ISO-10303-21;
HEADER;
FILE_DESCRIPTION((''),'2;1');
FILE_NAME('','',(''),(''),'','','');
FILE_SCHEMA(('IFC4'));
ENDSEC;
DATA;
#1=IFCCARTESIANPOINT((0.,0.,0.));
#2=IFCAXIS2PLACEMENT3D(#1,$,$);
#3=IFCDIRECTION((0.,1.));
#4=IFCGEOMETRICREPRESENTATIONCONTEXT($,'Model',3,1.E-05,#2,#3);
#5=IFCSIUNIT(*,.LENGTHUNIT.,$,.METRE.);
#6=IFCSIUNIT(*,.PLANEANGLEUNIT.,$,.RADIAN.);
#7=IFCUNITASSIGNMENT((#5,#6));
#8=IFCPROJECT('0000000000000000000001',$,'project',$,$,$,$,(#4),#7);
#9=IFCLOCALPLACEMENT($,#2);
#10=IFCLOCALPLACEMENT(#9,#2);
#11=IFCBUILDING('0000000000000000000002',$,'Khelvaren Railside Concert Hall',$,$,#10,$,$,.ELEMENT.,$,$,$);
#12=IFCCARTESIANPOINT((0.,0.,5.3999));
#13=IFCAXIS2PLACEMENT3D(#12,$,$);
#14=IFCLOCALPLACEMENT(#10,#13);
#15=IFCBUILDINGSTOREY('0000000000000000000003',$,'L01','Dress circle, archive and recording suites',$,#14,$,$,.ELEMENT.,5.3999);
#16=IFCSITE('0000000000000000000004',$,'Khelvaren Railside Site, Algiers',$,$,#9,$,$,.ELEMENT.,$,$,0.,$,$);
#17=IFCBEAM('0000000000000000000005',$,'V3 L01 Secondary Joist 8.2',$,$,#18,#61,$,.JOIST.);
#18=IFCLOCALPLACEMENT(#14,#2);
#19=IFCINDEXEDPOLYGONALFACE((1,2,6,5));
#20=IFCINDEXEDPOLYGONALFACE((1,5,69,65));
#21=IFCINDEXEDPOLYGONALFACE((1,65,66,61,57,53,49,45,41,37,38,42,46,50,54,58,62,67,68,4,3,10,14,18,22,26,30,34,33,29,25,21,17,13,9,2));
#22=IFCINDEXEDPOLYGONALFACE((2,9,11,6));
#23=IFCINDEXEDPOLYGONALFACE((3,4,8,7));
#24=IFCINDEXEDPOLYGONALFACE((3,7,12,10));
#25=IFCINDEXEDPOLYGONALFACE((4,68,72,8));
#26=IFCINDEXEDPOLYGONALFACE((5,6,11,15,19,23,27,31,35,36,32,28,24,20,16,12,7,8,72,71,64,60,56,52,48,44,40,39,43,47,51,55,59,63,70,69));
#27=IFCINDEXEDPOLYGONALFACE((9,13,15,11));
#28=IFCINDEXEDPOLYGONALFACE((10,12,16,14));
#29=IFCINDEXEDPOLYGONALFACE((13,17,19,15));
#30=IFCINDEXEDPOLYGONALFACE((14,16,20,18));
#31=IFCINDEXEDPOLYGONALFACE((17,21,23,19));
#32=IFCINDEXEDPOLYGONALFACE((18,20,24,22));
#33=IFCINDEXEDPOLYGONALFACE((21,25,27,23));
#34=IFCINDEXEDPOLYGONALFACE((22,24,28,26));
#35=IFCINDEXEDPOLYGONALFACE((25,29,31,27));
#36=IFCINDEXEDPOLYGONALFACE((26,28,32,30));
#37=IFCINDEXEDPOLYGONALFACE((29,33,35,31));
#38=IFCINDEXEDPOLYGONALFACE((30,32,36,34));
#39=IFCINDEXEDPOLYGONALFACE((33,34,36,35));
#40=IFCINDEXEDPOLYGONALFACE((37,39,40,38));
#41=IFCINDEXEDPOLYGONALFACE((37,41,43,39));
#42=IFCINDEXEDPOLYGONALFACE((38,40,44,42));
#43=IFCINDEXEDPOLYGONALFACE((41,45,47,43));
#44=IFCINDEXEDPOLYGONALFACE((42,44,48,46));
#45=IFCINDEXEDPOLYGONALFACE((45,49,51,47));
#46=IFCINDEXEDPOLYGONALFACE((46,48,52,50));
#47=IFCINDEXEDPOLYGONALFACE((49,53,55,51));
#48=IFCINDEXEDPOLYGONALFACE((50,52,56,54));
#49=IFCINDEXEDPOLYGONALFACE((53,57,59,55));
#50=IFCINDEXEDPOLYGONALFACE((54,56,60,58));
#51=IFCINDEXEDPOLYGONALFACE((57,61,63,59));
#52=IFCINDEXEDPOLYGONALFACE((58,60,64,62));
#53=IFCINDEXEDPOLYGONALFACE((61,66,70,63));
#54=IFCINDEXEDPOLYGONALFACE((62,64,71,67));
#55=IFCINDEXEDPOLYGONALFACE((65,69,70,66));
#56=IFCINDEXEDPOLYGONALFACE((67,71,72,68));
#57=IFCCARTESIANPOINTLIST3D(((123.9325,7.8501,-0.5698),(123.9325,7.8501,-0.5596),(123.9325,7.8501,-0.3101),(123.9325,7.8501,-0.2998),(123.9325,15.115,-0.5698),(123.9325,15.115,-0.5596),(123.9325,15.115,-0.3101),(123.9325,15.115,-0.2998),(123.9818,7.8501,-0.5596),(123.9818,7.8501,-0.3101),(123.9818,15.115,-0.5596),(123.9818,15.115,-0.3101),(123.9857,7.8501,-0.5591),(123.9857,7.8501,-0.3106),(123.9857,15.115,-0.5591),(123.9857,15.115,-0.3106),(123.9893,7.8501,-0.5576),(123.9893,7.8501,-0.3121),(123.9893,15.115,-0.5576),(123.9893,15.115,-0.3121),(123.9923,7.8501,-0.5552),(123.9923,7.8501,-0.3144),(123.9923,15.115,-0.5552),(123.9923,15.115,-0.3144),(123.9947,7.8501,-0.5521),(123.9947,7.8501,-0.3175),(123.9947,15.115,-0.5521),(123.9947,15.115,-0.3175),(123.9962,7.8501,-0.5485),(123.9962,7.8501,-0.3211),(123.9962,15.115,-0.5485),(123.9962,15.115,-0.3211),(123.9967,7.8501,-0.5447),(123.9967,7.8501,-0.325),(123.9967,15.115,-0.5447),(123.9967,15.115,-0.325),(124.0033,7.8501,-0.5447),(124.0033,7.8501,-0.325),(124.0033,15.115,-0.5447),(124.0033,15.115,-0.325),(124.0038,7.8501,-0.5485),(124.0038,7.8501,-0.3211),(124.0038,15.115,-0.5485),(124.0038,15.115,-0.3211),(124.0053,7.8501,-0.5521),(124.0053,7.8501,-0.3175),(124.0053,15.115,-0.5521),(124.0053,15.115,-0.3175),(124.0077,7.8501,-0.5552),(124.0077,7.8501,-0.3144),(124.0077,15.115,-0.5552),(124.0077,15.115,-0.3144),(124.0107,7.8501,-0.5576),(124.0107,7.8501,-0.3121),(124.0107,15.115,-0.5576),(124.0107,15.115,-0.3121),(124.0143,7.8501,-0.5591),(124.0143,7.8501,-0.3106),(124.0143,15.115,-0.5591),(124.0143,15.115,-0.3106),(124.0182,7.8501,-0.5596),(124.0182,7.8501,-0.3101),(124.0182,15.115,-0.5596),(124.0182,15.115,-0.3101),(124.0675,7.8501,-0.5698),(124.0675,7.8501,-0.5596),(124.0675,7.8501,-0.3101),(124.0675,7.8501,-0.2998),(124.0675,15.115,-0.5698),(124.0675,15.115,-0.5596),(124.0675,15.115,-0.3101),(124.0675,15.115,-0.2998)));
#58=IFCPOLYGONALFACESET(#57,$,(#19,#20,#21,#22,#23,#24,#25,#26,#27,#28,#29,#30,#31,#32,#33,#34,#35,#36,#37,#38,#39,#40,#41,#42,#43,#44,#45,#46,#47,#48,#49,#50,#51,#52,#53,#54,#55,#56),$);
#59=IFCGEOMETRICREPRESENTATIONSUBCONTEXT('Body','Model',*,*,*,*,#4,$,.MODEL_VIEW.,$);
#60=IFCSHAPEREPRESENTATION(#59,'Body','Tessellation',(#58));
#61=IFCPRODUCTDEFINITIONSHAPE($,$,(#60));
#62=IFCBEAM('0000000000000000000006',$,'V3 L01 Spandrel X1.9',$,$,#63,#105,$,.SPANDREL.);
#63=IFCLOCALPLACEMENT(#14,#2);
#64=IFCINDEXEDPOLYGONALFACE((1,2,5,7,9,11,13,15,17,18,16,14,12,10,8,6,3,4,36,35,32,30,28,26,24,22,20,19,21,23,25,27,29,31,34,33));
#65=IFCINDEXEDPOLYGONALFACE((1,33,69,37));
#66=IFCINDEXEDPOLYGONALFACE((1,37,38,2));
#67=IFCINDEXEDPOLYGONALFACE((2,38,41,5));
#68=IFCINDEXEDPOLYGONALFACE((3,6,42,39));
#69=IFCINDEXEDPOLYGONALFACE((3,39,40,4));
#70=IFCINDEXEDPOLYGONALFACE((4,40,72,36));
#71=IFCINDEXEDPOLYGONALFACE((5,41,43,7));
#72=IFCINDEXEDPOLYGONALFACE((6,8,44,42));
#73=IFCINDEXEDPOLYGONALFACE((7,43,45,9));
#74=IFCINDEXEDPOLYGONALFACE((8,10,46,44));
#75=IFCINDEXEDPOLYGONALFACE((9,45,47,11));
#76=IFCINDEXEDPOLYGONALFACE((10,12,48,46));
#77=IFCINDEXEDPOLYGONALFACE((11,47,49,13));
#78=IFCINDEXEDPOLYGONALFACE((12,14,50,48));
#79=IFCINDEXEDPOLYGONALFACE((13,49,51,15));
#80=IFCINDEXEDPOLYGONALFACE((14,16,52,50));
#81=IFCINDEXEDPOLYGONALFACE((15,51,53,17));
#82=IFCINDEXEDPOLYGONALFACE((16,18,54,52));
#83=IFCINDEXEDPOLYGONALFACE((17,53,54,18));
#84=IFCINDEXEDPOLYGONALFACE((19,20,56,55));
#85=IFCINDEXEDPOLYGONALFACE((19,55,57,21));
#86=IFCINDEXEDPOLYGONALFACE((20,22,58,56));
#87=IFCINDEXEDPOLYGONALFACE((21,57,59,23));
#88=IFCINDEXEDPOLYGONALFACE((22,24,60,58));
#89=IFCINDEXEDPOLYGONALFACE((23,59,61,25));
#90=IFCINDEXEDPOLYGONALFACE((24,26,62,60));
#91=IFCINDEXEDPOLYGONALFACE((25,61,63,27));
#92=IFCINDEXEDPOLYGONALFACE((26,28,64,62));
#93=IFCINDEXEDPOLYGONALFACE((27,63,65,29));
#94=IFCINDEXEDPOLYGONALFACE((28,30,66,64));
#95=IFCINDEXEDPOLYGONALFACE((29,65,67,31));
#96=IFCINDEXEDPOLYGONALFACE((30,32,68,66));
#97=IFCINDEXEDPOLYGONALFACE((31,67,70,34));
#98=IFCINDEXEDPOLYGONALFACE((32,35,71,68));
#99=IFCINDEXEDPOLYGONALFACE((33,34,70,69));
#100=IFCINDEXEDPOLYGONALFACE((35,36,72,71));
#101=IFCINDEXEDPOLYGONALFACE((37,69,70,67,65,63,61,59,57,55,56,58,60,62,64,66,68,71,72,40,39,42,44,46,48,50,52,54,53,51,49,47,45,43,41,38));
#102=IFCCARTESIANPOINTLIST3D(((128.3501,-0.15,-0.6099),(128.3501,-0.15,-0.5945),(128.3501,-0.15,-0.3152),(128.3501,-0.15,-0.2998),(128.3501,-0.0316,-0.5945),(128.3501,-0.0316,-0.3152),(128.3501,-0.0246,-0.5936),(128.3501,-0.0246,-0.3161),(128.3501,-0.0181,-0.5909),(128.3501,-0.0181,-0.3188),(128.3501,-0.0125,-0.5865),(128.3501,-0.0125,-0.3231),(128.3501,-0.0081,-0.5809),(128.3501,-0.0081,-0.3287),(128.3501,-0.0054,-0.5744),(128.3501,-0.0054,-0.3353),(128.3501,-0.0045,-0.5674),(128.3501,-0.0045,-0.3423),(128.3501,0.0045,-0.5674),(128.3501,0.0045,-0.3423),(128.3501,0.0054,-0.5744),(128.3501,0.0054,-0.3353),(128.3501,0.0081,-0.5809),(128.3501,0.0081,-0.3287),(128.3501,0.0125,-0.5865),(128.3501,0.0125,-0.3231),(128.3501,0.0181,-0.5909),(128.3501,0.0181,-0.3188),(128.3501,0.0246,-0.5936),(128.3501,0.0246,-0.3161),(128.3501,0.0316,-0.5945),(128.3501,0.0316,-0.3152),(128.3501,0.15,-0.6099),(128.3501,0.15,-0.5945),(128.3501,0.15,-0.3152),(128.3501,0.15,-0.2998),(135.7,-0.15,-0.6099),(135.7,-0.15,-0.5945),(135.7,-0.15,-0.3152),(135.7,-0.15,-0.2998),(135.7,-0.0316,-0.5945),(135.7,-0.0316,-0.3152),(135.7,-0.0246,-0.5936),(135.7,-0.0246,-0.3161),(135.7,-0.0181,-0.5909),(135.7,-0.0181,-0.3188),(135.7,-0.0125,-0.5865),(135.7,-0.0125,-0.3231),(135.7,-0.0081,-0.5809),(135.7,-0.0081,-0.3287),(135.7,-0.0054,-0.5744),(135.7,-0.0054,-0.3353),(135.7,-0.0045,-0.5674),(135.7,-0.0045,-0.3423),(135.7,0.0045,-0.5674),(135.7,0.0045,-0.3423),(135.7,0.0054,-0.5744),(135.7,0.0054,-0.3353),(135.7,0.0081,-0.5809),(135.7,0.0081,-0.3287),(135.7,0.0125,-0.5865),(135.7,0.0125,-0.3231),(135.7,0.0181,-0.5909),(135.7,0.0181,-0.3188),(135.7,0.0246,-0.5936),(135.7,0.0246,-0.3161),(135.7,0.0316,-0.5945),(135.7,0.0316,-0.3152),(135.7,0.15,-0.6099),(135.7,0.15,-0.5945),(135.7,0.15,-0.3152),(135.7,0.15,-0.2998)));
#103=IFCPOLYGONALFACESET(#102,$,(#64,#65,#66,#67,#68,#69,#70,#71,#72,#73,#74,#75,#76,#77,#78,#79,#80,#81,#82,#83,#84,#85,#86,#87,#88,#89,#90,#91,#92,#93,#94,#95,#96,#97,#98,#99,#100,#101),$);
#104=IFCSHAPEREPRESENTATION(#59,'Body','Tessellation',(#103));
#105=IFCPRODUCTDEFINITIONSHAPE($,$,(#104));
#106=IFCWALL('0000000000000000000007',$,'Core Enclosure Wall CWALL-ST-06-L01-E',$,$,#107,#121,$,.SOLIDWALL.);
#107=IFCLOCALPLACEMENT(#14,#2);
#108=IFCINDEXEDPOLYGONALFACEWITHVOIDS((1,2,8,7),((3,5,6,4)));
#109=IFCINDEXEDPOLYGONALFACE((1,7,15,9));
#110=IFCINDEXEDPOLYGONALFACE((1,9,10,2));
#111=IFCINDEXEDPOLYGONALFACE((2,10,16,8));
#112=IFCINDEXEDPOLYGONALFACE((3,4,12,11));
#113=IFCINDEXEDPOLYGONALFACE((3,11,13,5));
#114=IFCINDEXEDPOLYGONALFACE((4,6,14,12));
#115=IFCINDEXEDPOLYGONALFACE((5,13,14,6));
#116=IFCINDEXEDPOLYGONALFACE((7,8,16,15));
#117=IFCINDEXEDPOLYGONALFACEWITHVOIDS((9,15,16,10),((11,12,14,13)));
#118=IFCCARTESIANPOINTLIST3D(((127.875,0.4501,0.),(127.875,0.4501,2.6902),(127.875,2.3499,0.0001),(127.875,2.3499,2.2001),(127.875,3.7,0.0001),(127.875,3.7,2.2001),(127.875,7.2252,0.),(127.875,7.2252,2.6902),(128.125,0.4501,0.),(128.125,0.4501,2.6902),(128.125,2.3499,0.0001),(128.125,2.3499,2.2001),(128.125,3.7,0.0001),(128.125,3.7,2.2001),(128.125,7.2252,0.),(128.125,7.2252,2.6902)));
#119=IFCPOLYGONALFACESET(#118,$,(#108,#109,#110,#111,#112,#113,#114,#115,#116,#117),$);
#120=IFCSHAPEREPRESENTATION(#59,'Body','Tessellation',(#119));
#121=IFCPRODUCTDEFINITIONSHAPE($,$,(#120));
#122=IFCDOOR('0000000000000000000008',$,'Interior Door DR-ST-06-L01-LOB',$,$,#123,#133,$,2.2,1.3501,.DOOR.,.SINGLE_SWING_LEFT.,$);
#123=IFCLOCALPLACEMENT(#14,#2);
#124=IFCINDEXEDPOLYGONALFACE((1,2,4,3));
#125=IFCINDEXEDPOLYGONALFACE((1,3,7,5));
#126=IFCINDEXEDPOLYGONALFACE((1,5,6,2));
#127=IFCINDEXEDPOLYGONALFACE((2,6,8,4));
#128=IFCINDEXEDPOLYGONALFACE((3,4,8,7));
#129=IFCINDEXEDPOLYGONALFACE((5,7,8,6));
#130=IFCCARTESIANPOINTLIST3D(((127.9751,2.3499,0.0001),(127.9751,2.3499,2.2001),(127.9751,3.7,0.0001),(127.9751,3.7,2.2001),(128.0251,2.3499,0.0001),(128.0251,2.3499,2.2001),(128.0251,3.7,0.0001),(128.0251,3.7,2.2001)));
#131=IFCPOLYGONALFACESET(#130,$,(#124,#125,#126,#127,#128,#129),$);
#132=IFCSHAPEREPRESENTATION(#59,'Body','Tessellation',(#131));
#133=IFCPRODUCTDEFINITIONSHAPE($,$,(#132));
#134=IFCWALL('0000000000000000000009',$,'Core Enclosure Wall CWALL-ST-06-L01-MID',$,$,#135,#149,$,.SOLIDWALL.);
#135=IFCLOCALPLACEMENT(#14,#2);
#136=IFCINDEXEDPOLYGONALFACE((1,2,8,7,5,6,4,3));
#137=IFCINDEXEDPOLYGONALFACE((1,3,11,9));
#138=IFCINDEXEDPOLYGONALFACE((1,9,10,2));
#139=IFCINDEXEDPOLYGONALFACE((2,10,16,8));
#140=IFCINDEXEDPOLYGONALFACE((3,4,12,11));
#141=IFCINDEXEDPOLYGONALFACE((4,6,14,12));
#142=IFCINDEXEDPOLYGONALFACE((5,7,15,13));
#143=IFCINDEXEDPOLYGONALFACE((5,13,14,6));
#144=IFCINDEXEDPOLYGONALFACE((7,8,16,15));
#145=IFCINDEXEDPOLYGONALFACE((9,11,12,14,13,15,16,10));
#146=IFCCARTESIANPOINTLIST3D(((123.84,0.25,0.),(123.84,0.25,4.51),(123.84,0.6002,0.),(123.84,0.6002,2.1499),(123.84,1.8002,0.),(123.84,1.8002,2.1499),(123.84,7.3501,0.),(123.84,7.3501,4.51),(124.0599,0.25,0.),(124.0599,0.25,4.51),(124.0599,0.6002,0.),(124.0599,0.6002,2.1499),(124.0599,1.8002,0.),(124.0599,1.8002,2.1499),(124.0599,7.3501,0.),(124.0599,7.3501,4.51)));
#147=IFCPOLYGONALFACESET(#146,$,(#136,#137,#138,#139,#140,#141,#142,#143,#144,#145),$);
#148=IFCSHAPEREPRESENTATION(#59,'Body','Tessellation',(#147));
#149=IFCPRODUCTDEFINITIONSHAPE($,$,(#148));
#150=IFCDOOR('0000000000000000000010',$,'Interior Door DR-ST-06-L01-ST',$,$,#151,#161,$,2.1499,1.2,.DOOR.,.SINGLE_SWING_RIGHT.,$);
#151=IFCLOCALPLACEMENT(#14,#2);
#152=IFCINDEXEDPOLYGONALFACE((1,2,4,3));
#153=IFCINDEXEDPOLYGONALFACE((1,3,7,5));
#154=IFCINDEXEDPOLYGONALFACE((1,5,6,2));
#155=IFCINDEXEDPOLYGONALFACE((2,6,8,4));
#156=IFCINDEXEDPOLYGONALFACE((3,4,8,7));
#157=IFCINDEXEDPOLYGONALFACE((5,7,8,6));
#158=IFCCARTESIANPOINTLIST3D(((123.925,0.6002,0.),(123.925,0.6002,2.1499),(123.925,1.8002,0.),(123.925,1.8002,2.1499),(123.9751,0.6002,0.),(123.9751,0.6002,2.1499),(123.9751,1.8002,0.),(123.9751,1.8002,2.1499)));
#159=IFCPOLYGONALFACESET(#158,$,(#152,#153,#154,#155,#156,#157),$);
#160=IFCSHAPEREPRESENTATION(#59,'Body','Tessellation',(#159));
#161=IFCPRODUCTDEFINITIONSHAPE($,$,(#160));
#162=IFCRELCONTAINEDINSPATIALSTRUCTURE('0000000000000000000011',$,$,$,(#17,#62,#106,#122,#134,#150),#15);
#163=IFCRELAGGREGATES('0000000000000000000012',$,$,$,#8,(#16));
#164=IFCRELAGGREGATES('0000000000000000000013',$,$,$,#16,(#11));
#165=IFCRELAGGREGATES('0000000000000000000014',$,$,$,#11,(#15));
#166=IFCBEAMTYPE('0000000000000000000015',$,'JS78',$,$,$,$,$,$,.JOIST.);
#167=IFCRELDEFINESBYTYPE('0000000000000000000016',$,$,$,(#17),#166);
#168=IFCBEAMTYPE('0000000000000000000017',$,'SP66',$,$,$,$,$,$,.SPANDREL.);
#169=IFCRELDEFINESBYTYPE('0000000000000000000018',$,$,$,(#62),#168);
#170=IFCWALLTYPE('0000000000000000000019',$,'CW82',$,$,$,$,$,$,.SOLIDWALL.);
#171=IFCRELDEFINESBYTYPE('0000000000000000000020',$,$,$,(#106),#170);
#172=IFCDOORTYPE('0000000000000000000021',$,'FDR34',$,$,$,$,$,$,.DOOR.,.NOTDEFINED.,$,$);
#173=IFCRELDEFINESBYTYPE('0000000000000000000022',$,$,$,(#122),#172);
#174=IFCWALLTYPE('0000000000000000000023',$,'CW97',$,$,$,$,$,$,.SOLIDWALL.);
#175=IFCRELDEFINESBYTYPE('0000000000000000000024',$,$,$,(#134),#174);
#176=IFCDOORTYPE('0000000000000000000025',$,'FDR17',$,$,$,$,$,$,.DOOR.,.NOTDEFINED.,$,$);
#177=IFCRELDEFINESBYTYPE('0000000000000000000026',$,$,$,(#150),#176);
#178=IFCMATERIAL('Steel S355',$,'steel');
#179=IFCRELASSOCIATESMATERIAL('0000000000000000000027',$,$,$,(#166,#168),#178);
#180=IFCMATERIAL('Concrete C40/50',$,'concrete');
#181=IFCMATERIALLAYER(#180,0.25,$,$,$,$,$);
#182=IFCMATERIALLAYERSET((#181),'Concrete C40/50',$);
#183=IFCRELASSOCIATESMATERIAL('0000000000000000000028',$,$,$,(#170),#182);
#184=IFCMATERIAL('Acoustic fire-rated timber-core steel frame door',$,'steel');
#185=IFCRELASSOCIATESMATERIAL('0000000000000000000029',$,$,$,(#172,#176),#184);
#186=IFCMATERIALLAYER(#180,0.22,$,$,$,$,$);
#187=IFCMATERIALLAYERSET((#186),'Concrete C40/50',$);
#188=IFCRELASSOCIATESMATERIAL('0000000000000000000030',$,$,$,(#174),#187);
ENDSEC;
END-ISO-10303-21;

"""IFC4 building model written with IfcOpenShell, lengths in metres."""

from ifc_helpers import new_model, si_unit, direction, frame, frame_2d, origin, origin_2d, place, context, subcontext, project, spatial, rectangle, i_section, extrude, material, layer, layer_set, material_profile, profile_set, type_object, element, fill, save


model = new_model("IFC4")

# Units and contexts
model_context = context("Model", 3, precision=1e-05, world=origin(), true_north=direction((0.0, 1.0)))
body_context = subcontext(model_context, "Body", "Model", "MODEL_VIEW")
ifc_project = project(units=[si_unit("LENGTHUNIT", "METRE"), si_unit("PLANEANGLEUNIT", "RADIAN")], contexts=[model_context])

# Site, building, storey
site_placement = place(None, origin())
site = spatial("IfcSite", under=ifc_project, at=site_placement, Name="Khelvaren Railside Site, Algiers", CompositionType="ELEMENT", RefElevation=0.0)
building_placement = place(site_placement, origin())
building = spatial("IfcBuilding", under=site, at=building_placement, Name="Khelvaren Railside Concert Hall", CompositionType="ELEMENT")
storey_placement = place(building_placement, frame((0.0, 0.0, 5.3999)))
storey = spatial("IfcBuildingStorey", under=building, at=storey_placement, Name="L01", Description="Dress circle, archive and recording suites", CompositionType="ELEMENT", Elevation=5.3999)

# Shared definitions
ifc_material_1 = material(Name="Concrete C40/50", Category="concrete")
ifc_material_2 = material(Name="Steel S355", Category="steel")

# Beams
ifc_material_profile_1 = material_profile(ifc_material_2, i_section(OverallWidth=0.135, OverallDepth=0.27, WebThickness=0.0066, FlangeThickness=0.0103, FilletRadius=0.0149, at=origin_2d()), Name="IPE 270")
ifc_profile_set_1 = profile_set([ifc_material_profile_1], Name="Steel S355")
beam_type_1 = type_object("IfcBeamType", Name="JS78", PredefinedType="JOIST", material=ifc_profile_set_1)
beam_1_placement = place(storey_placement, frame((124.0, 7.8501, -0.4348), z_axis=(0.0, 1.0, 0.0), x_axis=(-1.0, 0.0, 0.0)))
element("IfcBeam", 1, at=beam_1_placement, inside=storey, type_object=beam_type_1, Name="V3 L01 Secondary Joist 8.2", PredefinedType="JOIST", context=body_context, shape_type="SweptSolid", body=[
    extrude(i_section(OverallWidth=0.135, OverallDepth=0.27, WebThickness=0.0066, FlangeThickness=0.0103, FilletRadius=0.0149, at=origin_2d()), origin(), (0.0, 0.0, 1.0), 7.2649),
])
ifc_material_profile_2 = material_profile(ifc_material_2, i_section(OverallWidth=0.3, OverallDepth=0.3101, WebThickness=0.009, FlangeThickness=0.0154, FilletRadius=0.0271, at=origin_2d()), Name="HEA 320")
ifc_profile_set_2 = profile_set([ifc_material_profile_2], Name="Steel S355")
beam_type_2 = type_object("IfcBeamType", Name="SP66", PredefinedType="SPANDREL", material=ifc_profile_set_2)
beam_2_placement = place(storey_placement, frame((128.3501, 0.0, -0.4548), z_axis=(1.0, 0.0, 0.0), x_axis=(0.0, 1.0, 0.0)))
element("IfcBeam", 2, at=beam_2_placement, inside=storey, type_object=beam_type_2, Name="V3 L01 Spandrel X1.9", PredefinedType="SPANDREL", context=body_context, shape_type="SweptSolid", body=[
    extrude(i_section(OverallWidth=0.3, OverallDepth=0.3101, WebThickness=0.009, FlangeThickness=0.0154, FilletRadius=0.0271, at=origin_2d()), origin(), (0.0, 0.0, 1.0), 7.3499),
])

# Walls, openings, doors
ifc_layer_1 = layer(ifc_material_1, 0.25)
ifc_layer_set_1 = layer_set([ifc_layer_1], Name="Concrete C40/50")
wall_type_1 = type_object("IfcWallType", Name="CW82", PredefinedType="SOLIDWALL", material=ifc_layer_set_1)
wall_1_placement = place(storey_placement, frame((128.0, 0.45, 0.0), z_axis=(0.0, 0.0, 1.0), x_axis=(0.0, 1.0, 0.0)))
wall_1 = element("IfcWall", 3, at=wall_1_placement, inside=storey, type_object=wall_type_1, Name="Core Enclosure Wall CWALL-ST-06-L01-E", PredefinedType="SOLIDWALL", context=body_context, shape_type="SweptSolid", body=[
    extrude(rectangle(XDim=6.7751, YDim=0.25, at=frame_2d((3.3877, 0.0))), origin(), (0.0, 0.0, 1.0), 2.6902),
])
opening_1_placement = place(wall_1_placement, frame((1.8999, 0.0, 0.0)))
opening_1 = element("IfcOpeningElement", 4, at=opening_1_placement, cuts=wall_1, PredefinedType="OPENING", context=body_context, shape_type="SweptSolid", body=[
    extrude(rectangle(XDim=1.3501, YDim=2.2, at=frame_2d((0.675, 1.1001))), frame((0.0, 0.135, 0.0), z_axis=(0.0, -1.0, 0.0), x_axis=(1.0, 0.0, 0.0)), (0.0, 0.0, 1.0), 0.27),
])
ifc_material_3 = material(Name="Acoustic fire-rated timber-core steel frame door", Category="steel")
door_type_1 = type_object("IfcDoorType", Name="FDR34", OperationType="NOTDEFINED", PredefinedType="DOOR", material=ifc_material_3)
door_1_placement = place(opening_1_placement, origin())
door_1 = element("IfcDoor", 5, at=door_1_placement, inside=storey, type_object=door_type_1, Name="Interior Door DR-ST-06-L01-LOB", OperationType="SINGLE_SWING_LEFT", OverallHeight=2.2, OverallWidth=1.3501, PredefinedType="DOOR", context=body_context, shape_type="SweptSolid", body=[
    extrude(rectangle(XDim=1.3501, YDim=2.2, at=frame_2d((0.675, 1.1001))), frame((0.0, 0.0249, 0.0), z_axis=(0.0, -1.0, 0.0), x_axis=(1.0, 0.0, 0.0)), (0.0, 0.0, 1.0), 0.05),
])
fill(opening_1, door_1)
ifc_layer_2 = layer(ifc_material_1, 0.22)
ifc_layer_set_2 = layer_set([ifc_layer_2], Name="Concrete C40/50")
wall_type_2 = type_object("IfcWallType", Name="CW97", PredefinedType="SOLIDWALL", material=ifc_layer_set_2)
wall_2_placement = place(storey_placement, frame((123.95, 0.25, 0.0), z_axis=(0.0, 0.0, 1.0), x_axis=(0.0, 1.0, 0.0)))
wall_2 = element("IfcWall", 6, at=wall_2_placement, inside=storey, type_object=wall_type_2, Name="Core Enclosure Wall CWALL-ST-06-L01-MID", PredefinedType="SOLIDWALL", context=body_context, shape_type="SweptSolid", body=[
    extrude(rectangle(XDim=7.1001, YDim=0.22, at=frame_2d((3.55, 0.0))), origin(), (0.0, 0.0, 1.0), 4.51),
])
opening_2_placement = place(wall_2_placement, frame((0.3501, 0.0, 0.0)))
opening_2 = element("IfcOpeningElement", 7, at=opening_2_placement, cuts=wall_2, PredefinedType="OPENING", context=body_context, shape_type="SweptSolid", body=[
    extrude(rectangle(XDim=1.2, YDim=2.1499, at=frame_2d((0.6001, 1.075))), frame((0.0, 0.1199, 0.0), z_axis=(0.0, -1.0, 0.0), x_axis=(1.0, 0.0, 0.0)), (0.0, 0.0, 1.0), 0.24),
])
door_type_2 = type_object("IfcDoorType", Name="FDR17", OperationType="NOTDEFINED", PredefinedType="DOOR", material=ifc_material_3)
door_2_placement = place(opening_2_placement, origin())
door_2 = element("IfcDoor", 8, at=door_2_placement, inside=storey, type_object=door_type_2, Name="Interior Door DR-ST-06-L01-ST", OperationType="SINGLE_SWING_RIGHT", OverallHeight=2.1499, OverallWidth=1.2, PredefinedType="DOOR", context=body_context, shape_type="SweptSolid", body=[
    extrude(rectangle(XDim=1.2, YDim=2.1499, at=frame_2d((0.6001, 1.075))), frame((0.0, 0.0249, 0.0), z_axis=(0.0, -1.0, 0.0), x_axis=(1.0, 0.0, 0.0)), (0.0, 0.0, 1.0), 0.05),
])
fill(opening_2, door_2)

save(model, "model.ifc")
